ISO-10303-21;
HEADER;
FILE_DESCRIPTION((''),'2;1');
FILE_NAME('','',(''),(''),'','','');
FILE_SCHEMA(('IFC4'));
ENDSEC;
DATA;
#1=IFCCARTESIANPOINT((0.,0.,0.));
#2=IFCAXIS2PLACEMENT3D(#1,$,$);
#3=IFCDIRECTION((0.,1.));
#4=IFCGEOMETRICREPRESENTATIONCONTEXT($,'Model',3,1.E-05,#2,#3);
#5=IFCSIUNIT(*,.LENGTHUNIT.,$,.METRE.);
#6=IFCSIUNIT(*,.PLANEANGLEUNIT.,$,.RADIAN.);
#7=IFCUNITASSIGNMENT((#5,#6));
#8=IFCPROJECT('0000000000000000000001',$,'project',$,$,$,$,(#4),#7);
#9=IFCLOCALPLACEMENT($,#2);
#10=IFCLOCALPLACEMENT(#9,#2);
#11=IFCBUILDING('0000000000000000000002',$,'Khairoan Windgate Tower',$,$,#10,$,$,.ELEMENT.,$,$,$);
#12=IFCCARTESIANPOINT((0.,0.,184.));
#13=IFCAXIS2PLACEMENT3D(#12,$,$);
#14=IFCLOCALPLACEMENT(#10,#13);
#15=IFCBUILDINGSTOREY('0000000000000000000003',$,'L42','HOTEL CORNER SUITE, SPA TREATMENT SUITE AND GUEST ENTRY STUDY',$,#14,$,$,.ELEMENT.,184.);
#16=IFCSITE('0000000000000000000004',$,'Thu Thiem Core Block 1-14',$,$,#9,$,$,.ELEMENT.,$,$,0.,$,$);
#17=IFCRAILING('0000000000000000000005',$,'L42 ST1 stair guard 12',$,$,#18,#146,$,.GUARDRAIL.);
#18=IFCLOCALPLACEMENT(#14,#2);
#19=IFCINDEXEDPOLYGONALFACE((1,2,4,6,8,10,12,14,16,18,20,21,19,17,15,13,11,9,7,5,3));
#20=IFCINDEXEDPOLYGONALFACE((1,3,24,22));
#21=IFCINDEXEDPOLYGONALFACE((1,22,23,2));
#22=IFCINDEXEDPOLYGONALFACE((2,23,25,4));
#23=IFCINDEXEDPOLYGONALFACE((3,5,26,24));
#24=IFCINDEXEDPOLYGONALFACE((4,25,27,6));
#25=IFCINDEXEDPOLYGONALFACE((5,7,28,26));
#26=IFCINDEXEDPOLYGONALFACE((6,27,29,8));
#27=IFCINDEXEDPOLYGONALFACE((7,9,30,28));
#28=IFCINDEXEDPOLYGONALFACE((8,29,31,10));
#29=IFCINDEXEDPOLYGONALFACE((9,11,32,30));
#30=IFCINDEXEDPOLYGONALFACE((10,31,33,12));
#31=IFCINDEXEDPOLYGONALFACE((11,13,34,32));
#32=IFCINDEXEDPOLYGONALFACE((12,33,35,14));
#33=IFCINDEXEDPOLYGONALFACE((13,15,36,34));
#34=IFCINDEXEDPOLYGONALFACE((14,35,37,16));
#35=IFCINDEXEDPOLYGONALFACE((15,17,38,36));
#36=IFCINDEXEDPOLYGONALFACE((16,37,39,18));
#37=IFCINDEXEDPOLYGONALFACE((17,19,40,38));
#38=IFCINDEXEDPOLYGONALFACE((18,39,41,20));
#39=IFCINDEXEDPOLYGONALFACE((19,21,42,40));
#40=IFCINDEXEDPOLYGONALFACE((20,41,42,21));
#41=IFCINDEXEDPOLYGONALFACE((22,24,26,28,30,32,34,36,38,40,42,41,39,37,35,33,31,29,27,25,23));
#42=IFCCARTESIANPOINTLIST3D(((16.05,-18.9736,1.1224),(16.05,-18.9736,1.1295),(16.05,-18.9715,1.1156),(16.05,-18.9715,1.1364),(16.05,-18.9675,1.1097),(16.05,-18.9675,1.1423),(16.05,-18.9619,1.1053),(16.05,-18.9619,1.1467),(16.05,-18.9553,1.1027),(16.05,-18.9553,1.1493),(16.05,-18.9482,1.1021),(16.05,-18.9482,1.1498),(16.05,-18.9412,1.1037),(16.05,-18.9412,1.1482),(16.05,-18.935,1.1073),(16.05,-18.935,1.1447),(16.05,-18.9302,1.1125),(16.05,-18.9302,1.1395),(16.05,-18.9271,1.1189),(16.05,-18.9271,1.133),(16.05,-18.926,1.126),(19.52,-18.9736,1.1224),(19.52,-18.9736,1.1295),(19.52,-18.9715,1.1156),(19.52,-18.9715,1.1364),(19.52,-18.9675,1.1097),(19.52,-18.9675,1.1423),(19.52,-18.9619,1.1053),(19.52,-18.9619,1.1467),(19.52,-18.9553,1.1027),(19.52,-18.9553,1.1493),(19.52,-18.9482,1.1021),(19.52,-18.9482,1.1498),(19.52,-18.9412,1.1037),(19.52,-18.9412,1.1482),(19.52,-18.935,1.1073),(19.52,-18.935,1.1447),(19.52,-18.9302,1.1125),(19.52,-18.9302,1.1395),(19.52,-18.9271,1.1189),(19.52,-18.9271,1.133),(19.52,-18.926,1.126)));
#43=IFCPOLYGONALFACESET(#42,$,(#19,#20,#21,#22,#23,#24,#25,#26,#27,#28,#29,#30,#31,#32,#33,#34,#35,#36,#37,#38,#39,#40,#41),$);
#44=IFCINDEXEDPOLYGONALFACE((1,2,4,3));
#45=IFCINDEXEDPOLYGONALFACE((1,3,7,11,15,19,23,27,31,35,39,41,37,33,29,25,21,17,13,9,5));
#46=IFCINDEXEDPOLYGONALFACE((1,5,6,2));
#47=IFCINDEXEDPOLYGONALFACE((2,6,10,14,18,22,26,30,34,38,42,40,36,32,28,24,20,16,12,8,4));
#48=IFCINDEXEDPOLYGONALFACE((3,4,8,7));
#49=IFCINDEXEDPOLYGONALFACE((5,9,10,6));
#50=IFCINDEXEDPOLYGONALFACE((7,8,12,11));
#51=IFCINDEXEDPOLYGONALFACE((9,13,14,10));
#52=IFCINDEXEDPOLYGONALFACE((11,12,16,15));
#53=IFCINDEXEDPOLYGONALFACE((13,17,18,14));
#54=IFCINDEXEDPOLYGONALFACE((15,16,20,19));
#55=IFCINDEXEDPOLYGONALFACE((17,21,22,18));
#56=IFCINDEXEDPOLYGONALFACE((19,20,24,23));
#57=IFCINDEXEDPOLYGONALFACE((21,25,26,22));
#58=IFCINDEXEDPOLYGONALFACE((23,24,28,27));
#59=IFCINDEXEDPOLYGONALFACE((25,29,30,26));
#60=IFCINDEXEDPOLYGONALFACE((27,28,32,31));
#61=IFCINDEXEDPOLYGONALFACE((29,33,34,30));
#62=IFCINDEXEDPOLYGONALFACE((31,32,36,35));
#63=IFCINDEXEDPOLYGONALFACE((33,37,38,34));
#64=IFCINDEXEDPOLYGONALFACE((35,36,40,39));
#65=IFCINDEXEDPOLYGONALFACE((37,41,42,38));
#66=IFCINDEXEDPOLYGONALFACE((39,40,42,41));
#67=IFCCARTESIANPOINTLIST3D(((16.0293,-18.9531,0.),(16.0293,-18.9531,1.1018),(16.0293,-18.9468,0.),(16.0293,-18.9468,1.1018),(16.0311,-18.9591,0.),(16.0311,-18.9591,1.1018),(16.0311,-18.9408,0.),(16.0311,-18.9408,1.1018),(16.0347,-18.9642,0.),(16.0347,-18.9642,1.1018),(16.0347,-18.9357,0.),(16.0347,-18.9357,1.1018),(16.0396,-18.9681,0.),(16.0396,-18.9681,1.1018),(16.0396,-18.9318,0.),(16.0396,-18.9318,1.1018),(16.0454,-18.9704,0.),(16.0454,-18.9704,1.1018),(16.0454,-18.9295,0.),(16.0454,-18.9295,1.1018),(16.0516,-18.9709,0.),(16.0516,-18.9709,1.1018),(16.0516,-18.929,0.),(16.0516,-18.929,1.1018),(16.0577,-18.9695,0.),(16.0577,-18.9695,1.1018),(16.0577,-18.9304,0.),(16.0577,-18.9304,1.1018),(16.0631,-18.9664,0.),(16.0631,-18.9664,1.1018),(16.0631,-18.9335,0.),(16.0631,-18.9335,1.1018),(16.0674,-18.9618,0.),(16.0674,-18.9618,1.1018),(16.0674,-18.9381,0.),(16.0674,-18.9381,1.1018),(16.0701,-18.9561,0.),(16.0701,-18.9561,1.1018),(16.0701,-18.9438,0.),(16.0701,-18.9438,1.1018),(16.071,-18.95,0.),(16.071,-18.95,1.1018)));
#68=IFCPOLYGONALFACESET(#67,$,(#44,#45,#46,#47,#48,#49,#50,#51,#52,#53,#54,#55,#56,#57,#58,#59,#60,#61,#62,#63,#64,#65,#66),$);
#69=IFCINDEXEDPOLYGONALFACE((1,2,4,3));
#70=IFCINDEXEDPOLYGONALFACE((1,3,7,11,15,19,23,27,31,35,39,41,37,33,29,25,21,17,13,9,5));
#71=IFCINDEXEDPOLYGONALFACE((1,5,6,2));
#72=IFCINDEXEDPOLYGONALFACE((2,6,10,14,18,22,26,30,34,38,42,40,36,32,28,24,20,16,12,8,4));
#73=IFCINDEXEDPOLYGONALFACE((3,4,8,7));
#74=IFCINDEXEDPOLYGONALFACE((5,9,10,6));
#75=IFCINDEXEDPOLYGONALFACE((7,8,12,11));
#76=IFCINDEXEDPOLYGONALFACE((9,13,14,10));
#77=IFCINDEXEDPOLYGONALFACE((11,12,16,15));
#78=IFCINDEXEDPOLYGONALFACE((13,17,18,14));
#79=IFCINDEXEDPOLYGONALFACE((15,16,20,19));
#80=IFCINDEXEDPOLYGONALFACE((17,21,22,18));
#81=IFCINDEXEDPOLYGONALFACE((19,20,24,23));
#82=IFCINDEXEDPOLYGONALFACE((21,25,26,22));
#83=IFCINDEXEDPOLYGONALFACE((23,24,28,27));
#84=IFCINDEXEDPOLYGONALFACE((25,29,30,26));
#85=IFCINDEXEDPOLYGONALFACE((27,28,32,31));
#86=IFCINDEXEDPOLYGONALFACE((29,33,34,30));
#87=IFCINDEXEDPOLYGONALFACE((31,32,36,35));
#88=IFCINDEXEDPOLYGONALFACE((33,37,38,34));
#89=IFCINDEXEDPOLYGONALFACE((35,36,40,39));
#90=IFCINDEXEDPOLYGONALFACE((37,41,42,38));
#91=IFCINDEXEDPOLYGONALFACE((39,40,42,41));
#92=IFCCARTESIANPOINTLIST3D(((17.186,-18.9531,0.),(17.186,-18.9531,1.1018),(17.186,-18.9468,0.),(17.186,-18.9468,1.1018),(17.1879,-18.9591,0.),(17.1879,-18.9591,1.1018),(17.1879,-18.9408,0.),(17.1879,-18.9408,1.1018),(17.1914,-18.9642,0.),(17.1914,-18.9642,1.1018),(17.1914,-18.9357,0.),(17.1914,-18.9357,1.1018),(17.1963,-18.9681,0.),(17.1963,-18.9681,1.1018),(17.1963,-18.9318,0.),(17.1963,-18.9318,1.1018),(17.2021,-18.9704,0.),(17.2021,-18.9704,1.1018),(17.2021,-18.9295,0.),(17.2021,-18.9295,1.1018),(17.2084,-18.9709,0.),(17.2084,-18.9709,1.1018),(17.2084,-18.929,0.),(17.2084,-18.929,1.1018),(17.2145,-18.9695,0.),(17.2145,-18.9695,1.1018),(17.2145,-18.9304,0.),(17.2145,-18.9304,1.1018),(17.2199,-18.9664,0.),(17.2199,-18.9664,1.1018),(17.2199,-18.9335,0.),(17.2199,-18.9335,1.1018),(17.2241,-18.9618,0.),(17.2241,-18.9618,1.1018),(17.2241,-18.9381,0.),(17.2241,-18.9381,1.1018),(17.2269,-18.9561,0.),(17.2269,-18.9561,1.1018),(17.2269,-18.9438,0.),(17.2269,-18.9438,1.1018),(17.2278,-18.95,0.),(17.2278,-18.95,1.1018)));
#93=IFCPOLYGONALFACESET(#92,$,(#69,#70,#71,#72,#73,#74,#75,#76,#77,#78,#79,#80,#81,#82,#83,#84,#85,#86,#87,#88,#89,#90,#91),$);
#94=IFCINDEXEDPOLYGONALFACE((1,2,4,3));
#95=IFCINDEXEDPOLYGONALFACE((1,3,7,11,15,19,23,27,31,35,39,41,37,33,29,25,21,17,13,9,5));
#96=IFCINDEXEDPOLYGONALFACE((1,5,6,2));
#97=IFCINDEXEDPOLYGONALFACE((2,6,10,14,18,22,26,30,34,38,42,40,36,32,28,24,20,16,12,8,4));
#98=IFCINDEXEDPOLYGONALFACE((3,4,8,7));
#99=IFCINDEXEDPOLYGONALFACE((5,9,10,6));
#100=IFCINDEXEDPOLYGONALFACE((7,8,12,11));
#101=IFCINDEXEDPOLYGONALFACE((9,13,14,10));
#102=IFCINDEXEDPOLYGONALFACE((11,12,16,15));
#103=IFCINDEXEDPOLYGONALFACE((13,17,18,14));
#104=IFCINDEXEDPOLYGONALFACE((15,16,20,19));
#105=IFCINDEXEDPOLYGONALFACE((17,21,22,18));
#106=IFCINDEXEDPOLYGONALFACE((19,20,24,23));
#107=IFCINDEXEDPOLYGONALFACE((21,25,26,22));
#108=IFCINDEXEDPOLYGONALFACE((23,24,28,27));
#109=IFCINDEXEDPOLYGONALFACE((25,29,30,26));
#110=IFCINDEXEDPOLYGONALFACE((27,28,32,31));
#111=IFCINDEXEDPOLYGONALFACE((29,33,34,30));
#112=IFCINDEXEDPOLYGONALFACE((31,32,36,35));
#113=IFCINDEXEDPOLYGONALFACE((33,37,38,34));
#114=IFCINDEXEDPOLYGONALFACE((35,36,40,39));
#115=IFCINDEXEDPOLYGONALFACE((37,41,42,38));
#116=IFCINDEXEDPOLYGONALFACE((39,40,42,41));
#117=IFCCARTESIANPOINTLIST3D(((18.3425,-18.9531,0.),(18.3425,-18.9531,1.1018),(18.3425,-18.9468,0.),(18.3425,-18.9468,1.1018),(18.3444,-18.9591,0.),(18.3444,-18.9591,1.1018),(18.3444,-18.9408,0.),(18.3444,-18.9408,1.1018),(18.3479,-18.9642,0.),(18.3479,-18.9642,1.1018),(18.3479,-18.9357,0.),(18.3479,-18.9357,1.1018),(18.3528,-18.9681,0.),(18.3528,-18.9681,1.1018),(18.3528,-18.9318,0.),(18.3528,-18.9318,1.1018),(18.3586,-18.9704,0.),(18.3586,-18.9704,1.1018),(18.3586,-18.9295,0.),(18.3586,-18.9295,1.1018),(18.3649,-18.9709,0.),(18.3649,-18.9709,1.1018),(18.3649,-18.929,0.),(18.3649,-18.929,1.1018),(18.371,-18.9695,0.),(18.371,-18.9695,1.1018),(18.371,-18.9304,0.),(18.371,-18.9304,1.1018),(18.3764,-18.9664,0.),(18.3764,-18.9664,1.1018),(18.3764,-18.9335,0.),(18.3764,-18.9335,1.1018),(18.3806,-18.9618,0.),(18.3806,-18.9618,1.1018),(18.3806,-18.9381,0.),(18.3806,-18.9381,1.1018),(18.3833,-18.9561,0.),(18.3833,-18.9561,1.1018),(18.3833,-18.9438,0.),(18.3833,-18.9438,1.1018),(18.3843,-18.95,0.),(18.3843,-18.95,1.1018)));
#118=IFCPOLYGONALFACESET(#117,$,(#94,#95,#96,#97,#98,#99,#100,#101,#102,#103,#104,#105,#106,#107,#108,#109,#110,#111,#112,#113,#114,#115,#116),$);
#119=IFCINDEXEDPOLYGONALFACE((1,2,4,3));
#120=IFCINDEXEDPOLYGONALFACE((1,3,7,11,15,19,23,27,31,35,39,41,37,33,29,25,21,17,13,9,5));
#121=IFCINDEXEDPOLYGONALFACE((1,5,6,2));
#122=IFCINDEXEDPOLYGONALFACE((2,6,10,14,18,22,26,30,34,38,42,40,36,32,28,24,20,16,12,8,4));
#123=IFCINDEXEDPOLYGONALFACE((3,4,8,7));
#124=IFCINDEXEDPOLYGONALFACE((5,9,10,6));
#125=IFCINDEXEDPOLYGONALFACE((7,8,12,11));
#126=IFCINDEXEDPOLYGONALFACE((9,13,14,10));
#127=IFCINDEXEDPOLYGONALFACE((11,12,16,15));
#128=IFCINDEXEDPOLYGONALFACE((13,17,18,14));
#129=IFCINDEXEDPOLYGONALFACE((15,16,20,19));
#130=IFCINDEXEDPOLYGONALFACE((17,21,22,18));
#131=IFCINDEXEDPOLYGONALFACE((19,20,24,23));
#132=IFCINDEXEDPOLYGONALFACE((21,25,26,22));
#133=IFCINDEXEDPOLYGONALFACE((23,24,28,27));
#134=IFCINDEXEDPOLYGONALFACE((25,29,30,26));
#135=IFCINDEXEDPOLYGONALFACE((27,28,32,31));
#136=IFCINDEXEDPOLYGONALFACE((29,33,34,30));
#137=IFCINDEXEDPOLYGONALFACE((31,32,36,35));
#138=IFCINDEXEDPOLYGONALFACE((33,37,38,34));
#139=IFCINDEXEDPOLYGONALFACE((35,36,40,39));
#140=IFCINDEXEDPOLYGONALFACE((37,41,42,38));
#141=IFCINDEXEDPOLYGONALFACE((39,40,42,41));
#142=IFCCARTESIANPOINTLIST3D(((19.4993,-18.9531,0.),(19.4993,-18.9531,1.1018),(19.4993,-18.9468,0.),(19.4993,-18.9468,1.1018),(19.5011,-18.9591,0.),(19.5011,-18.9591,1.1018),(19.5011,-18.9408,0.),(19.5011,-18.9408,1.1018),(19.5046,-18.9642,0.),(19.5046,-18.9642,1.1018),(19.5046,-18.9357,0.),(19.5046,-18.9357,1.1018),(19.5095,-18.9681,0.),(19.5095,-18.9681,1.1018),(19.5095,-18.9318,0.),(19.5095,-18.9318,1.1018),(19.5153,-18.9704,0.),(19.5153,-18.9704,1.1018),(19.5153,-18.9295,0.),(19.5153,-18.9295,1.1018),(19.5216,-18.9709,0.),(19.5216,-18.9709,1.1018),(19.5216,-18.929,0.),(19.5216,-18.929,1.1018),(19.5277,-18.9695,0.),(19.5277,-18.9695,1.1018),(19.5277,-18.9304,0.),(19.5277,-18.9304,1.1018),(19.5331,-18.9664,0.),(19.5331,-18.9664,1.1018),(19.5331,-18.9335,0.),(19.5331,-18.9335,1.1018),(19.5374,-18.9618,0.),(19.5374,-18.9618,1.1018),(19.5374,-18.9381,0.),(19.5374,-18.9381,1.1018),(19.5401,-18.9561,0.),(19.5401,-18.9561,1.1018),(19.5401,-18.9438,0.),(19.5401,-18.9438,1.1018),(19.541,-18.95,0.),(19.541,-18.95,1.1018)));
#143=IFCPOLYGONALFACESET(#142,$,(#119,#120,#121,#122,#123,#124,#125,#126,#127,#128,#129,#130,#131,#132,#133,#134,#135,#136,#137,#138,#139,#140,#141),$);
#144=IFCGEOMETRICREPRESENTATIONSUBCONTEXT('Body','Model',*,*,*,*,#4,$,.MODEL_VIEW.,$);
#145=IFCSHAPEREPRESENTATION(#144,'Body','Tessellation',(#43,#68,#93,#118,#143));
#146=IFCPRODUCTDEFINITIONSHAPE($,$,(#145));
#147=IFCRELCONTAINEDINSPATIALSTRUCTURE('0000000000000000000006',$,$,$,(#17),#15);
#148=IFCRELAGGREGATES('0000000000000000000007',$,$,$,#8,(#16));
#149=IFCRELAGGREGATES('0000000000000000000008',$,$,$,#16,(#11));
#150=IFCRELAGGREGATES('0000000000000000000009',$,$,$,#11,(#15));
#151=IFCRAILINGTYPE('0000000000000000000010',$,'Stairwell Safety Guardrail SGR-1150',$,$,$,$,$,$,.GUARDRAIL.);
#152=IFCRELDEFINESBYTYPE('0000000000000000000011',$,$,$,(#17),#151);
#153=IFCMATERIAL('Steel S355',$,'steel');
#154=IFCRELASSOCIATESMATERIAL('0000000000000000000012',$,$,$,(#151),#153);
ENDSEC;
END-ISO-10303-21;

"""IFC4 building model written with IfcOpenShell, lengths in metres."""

from ifc_helpers import new_model, si_unit, direction, frame, origin, origin_2d, place, context, subcontext, project, spatial, circle, extrude, material, type_object, element, save


model = new_model("IFC4")

# Units and contexts
model_context = context("Model", 3, precision=1e-05, world=origin(), true_north=direction((0.0, 1.0)))
body_context = subcontext(model_context, "Body", "Model", "MODEL_VIEW")
ifc_project = project(units=[si_unit("LENGTHUNIT", "METRE"), si_unit("PLANEANGLEUNIT", "RADIAN")], contexts=[model_context])

# Site, building, storey
site_placement = place(None, origin())
site = spatial("IfcSite", under=ifc_project, at=site_placement, Name="Thu Thiem Core Block 1-14", CompositionType="ELEMENT", RefElevation=0.0)
building_placement = place(site_placement, origin())
building = spatial("IfcBuilding", under=site, at=building_placement, Name="Khairoan Windgate Tower", CompositionType="ELEMENT")
storey_placement = place(building_placement, frame((0.0, 0.0, 184.0)))
storey = spatial("IfcBuildingStorey", under=building, at=storey_placement, Name="L42", Description="HOTEL CORNER SUITE, SPA TREATMENT SUITE AND GUEST ENTRY STUDY", CompositionType="ELEMENT", Elevation=184.0)

# Railing
ifc_material_1 = material(Name="Steel S355", Category="steel")
railing_type = type_object("IfcRailingType", Name="Stairwell Safety Guardrail SGR-1150", PredefinedType="GUARDRAIL", material=ifc_material_1)
railing_1_placement = place(storey_placement, frame((16.05, -18.95, 0.0)))
element("IfcRailing", 1, at=railing_1_placement, inside=storey, type_object=railing_type, Name="L42 ST1 stair guard 12", PredefinedType="GUARDRAIL", context=body_context, shape_type="SweptSolid", body=[
    extrude(circle(Radius=0.0239, at=origin_2d()), frame((0.0, 0.0, 1.126), z_axis=(1.0, 0.0, 0.0), x_axis=(0.0, 1.0, 0.0)), (0.0, 0.0, 1.0), 3.47),
    extrude(circle(Radius=0.021, at=origin_2d()), origin(), (0.0, 0.0, 1.0), 1.1018),
    extrude(circle(Radius=0.021, at=origin_2d()), frame((1.1567, 0.0, 0.0)), (0.0, 0.0, 1.0), 1.1018),
    extrude(circle(Radius=0.021, at=origin_2d()), frame((2.3132, 0.0, 0.0)), (0.0, 0.0, 1.0), 1.1018),
    extrude(circle(Radius=0.021, at=origin_2d()), frame((3.47, 0.0, 0.0)), (0.0, 0.0, 1.0), 1.1018),
])

save(model, "model.ifc")
